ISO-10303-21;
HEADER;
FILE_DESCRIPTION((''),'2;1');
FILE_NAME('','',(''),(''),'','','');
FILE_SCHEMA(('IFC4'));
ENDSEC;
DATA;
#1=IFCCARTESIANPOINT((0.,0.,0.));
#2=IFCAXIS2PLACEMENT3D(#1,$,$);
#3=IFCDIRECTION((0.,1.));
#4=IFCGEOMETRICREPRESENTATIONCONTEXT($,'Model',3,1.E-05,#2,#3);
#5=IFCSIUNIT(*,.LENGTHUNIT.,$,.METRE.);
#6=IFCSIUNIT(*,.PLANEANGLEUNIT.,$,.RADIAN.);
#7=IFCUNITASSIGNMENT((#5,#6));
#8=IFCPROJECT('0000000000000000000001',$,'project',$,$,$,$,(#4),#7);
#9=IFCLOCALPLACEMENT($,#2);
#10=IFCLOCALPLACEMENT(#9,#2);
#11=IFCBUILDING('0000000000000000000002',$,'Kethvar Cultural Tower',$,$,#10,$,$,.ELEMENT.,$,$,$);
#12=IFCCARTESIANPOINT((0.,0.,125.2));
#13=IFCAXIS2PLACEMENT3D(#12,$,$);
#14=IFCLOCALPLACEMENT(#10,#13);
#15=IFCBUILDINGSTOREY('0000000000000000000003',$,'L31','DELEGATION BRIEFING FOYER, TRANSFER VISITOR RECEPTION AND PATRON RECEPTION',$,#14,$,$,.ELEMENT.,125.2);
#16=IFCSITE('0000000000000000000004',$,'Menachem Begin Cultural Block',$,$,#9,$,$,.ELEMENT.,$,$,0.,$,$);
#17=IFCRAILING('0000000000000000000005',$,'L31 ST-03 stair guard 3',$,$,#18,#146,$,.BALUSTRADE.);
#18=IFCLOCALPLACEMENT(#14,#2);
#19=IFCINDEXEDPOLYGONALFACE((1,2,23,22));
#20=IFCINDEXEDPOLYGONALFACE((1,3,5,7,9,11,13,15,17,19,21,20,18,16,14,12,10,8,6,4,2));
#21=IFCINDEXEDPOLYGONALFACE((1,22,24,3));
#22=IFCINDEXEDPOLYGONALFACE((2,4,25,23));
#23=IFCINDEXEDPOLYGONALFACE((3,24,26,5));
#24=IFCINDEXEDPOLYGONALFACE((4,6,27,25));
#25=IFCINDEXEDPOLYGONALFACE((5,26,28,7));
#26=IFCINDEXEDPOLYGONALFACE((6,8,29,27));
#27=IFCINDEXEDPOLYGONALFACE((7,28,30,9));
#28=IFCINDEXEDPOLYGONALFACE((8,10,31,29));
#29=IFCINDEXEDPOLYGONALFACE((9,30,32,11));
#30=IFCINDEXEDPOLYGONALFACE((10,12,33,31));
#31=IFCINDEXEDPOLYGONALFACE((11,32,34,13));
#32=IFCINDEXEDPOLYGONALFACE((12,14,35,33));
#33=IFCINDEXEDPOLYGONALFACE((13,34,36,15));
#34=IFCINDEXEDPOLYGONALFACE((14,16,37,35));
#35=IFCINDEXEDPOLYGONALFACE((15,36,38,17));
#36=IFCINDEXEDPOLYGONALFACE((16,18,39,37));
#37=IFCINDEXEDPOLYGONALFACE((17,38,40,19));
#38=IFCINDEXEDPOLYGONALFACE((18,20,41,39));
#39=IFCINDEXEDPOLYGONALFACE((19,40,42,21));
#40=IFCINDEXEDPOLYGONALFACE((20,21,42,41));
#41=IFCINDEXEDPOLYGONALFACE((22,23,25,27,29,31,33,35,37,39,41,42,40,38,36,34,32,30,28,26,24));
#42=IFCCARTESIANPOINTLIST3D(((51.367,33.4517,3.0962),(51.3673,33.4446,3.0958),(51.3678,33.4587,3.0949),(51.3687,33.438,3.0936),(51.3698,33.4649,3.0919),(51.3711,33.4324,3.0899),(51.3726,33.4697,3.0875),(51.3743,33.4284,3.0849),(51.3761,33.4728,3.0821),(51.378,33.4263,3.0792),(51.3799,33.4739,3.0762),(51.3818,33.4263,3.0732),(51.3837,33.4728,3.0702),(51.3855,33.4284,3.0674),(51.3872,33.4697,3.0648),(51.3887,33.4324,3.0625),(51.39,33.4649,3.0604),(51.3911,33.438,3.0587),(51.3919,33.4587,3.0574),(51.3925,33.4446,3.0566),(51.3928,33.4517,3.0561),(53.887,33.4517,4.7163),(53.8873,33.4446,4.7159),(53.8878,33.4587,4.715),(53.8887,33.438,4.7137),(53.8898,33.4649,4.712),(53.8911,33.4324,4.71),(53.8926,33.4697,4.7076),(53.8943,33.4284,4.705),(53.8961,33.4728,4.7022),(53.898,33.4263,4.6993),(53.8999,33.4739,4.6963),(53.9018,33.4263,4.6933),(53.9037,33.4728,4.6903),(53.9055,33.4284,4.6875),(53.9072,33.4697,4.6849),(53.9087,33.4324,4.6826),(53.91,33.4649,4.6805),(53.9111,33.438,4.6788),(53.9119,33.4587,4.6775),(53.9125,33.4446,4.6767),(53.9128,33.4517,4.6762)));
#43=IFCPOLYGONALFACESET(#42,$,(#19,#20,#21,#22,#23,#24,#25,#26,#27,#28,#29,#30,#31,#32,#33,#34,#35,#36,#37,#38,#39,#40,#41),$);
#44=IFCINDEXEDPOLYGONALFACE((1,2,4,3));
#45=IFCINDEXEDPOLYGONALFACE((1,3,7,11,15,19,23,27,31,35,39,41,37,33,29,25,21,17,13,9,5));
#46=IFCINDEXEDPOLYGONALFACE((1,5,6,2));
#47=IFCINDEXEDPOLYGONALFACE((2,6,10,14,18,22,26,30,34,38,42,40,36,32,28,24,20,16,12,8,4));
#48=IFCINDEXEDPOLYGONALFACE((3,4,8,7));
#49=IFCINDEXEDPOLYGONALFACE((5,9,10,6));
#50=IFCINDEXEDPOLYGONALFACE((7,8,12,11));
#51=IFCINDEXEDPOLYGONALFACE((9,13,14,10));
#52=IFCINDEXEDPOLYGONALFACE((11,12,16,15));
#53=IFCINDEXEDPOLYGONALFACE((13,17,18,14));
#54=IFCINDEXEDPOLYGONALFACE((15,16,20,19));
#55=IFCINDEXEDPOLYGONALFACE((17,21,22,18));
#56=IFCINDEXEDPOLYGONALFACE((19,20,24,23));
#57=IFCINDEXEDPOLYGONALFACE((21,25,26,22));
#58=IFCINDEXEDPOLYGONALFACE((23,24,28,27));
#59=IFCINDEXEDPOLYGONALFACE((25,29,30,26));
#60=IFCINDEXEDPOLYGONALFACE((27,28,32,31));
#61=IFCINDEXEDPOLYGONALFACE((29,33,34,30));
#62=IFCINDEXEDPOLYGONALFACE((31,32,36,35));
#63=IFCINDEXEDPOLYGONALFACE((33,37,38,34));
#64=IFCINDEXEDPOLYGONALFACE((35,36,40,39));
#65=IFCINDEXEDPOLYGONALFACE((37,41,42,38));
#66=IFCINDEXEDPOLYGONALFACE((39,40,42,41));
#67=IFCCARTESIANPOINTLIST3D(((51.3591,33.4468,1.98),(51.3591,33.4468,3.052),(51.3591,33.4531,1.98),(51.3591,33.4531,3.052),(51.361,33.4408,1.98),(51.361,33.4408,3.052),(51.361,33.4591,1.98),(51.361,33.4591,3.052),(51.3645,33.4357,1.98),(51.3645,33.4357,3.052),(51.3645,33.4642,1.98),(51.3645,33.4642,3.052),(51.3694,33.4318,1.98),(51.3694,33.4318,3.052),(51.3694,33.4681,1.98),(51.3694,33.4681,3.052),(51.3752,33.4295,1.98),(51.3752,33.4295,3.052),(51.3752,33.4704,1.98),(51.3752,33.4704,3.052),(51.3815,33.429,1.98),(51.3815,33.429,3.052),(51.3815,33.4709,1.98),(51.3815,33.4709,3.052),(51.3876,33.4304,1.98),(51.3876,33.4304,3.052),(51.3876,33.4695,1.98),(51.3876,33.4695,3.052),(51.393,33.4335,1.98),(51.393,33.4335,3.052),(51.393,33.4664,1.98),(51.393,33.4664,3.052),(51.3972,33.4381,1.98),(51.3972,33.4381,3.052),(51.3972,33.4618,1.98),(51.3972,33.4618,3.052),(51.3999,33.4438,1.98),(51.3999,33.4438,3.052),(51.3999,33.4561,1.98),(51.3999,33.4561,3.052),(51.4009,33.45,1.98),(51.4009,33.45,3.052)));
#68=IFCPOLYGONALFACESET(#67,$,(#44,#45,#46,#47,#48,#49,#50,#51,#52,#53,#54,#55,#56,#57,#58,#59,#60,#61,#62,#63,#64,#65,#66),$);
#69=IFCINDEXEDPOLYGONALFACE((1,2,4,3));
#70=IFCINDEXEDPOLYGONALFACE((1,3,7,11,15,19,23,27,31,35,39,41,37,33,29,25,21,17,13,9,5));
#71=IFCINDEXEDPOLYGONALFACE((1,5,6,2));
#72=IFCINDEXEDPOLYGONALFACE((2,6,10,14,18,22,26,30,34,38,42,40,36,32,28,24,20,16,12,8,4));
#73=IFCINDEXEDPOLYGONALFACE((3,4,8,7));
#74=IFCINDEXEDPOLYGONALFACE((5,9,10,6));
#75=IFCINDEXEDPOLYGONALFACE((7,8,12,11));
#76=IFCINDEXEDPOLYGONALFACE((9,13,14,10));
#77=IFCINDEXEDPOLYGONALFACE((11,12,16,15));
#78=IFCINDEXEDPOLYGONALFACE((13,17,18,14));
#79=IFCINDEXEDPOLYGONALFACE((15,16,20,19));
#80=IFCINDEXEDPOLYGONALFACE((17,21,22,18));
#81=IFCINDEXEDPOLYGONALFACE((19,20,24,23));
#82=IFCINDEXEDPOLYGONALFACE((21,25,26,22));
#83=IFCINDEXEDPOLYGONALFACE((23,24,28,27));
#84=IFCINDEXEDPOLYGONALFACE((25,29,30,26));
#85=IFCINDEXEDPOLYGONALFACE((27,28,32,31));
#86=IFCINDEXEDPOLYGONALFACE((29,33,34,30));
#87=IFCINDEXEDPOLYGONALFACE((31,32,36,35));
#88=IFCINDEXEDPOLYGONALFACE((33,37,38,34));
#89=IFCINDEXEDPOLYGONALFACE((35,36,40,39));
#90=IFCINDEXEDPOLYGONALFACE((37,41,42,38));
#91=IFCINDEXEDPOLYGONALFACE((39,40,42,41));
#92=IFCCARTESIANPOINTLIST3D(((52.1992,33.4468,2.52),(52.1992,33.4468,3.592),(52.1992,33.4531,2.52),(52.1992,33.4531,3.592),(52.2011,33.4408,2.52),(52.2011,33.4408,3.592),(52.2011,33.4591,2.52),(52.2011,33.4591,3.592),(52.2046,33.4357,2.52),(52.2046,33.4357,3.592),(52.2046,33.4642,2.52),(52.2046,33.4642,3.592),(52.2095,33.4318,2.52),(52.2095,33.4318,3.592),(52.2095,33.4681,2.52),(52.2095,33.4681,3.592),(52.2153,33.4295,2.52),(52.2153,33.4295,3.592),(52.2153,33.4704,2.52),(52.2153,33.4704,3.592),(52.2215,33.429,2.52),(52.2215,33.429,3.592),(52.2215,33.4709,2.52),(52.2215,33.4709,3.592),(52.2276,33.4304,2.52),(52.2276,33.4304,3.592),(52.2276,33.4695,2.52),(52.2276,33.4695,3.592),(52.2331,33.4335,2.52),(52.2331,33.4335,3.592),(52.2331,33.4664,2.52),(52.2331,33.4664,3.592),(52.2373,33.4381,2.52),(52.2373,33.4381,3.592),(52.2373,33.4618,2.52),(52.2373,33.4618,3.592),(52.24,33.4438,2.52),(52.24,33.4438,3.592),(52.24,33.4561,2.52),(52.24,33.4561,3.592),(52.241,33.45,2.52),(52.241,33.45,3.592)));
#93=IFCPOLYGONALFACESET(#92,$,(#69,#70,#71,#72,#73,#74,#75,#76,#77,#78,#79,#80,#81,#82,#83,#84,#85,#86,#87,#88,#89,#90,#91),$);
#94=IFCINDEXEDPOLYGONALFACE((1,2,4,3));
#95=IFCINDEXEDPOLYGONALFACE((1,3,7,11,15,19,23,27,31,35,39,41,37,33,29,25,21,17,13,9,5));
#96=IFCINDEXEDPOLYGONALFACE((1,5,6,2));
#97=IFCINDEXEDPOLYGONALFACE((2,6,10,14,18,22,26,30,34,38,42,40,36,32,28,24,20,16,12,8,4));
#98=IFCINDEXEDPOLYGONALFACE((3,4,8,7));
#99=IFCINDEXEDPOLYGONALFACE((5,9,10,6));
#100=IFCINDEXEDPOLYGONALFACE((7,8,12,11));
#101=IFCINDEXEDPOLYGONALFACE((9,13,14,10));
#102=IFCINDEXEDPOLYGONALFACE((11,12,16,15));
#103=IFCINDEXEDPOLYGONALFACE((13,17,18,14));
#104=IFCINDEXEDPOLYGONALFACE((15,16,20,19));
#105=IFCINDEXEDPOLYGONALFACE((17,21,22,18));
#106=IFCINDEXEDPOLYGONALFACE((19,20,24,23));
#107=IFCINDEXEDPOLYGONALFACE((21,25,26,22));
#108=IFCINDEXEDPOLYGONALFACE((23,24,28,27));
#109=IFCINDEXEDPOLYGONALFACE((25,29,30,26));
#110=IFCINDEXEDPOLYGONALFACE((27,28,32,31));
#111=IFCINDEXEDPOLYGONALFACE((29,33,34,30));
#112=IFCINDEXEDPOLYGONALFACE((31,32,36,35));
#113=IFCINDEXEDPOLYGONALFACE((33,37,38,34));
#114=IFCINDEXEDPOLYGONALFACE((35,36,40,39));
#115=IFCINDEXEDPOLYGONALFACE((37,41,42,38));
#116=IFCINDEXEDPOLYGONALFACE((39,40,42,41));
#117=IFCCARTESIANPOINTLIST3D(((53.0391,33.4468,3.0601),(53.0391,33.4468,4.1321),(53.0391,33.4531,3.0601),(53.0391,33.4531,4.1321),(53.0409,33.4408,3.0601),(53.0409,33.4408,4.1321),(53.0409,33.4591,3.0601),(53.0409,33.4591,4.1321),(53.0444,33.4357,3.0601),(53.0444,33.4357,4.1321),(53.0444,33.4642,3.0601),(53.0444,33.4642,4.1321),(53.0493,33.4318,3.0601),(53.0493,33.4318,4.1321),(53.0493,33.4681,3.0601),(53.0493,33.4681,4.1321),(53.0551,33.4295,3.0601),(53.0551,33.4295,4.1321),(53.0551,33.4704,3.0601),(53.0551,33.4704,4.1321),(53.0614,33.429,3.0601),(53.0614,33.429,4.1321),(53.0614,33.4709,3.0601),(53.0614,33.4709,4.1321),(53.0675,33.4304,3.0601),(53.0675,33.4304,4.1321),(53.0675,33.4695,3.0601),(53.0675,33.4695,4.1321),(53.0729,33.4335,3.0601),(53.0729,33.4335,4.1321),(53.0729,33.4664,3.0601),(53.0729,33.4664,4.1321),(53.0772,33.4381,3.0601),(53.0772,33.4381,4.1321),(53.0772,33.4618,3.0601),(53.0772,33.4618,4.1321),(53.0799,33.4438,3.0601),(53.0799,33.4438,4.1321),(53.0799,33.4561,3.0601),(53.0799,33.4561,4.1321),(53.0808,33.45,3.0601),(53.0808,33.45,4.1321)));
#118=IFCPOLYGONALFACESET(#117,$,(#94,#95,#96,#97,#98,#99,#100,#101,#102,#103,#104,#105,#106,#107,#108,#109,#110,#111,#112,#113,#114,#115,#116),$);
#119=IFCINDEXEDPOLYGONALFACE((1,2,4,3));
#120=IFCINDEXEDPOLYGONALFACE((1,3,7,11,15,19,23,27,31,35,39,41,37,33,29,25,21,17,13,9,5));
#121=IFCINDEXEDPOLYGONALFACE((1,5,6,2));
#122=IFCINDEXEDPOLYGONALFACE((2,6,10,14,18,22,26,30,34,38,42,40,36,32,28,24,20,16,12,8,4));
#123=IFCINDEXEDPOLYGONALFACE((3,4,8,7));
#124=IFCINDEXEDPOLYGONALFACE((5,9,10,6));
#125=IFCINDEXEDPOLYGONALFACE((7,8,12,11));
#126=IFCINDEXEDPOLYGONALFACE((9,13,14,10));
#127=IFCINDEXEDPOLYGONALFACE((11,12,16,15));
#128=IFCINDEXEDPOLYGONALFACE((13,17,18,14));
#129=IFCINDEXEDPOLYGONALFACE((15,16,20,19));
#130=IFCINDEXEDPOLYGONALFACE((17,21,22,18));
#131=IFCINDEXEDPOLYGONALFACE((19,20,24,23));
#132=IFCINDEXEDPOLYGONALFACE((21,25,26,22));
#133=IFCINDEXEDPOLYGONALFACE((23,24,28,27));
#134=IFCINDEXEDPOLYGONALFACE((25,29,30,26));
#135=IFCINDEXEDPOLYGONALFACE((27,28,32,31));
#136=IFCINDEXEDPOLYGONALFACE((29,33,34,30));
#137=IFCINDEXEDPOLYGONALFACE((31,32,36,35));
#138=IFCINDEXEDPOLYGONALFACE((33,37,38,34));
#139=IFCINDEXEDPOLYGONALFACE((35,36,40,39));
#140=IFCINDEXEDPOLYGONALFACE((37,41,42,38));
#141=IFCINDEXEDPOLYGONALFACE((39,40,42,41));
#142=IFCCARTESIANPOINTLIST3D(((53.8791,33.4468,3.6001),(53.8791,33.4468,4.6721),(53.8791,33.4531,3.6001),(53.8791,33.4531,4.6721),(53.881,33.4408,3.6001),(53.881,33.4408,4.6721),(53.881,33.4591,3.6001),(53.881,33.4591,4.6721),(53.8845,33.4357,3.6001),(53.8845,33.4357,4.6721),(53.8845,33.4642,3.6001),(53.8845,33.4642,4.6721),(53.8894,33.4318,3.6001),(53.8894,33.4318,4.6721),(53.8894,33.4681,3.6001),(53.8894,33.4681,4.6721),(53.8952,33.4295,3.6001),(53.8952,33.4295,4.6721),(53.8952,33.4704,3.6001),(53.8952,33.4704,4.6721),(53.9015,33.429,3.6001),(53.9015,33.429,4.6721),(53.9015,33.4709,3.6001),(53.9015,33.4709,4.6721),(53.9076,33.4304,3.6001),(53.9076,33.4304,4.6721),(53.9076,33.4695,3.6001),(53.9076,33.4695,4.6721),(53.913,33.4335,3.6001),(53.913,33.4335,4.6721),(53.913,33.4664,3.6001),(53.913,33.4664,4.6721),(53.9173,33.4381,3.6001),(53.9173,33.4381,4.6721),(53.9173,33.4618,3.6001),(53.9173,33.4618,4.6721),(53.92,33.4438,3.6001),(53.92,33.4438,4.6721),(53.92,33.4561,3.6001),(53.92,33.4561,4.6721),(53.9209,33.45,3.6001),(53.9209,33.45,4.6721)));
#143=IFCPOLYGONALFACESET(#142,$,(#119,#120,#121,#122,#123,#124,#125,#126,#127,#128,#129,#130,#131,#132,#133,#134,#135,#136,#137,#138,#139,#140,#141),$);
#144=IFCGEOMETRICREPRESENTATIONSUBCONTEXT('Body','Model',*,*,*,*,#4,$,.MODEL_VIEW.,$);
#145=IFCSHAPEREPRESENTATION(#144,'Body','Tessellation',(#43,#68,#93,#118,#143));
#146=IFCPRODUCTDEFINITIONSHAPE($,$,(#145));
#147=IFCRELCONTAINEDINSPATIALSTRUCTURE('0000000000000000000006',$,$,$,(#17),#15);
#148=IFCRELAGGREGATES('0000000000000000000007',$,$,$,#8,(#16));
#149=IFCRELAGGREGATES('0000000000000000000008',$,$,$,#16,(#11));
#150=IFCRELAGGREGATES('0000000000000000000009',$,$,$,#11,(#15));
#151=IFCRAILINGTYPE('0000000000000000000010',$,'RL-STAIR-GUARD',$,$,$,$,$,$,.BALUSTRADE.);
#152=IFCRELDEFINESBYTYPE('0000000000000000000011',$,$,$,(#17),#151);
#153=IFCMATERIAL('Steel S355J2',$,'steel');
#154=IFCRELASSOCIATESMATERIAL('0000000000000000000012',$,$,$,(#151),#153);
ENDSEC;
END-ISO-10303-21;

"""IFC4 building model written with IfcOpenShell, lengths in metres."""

from ifc_helpers import new_model, si_unit, direction, frame, origin, origin_2d, place, context, subcontext, project, spatial, circle, extrude, material, type_object, element, save


model = new_model("IFC4")

# Units and contexts
model_context = context("Model", 3, precision=1e-05, world=origin(), true_north=direction((0.0, 1.0)))
body_context = subcontext(model_context, "Body", "Model", "MODEL_VIEW")
ifc_project = project(units=[si_unit("LENGTHUNIT", "METRE"), si_unit("PLANEANGLEUNIT", "RADIAN")], contexts=[model_context])

# Site, building, storey
site_placement = place(None, origin())
site = spatial("IfcSite", under=ifc_project, at=site_placement, Name="Menachem Begin Cultural Block", CompositionType="ELEMENT", RefElevation=0.0)
building_placement = place(site_placement, origin())
building = spatial("IfcBuilding", under=site, at=building_placement, Name="Kethvar Cultural Tower", CompositionType="ELEMENT")
storey_placement = place(building_placement, frame((0.0, 0.0, 125.2)))
storey = spatial("IfcBuildingStorey", under=building, at=storey_placement, Name="L31", Description="DELEGATION BRIEFING FOYER, TRANSFER VISITOR RECEPTION AND PATRON RECEPTION", CompositionType="ELEMENT", Elevation=125.2)

# Shared definitions
ifc_material_1 = material(Name="Steel S355J2", Category="steel")

# Railing
railing_type_1 = type_object("IfcRailingType", Name="RL-STAIR-GUARD", PredefinedType="BALUSTRADE", material=ifc_material_1)
railing_1_placement = place(storey_placement, frame((51.3799, 33.45, 1.98)))
element("IfcRailing", 1, at=railing_1_placement, inside=storey, type_object=railing_type_1, Name="L31 ST-03 stair guard 3", PredefinedType="BALUSTRADE", context=body_context, shape_type="SweptSolid", body=[
    extrude(circle(Radius=0.0239, at=origin_2d()), frame((0.0, 0.0, 1.0962), z_axis=(0.841163, 0.0, 0.540782), x_axis=(0.0, 1.0, 0.0)), (0.0, 0.0, 1.0), 2.9958),
    extrude(circle(Radius=0.021, at=origin_2d()), origin(), (0.0, 0.0, 1.0), 1.072),
    extrude(circle(Radius=0.021, at=origin_2d()), frame((0.8401, 0.0, 0.54)), (0.0, 0.0, 1.0), 1.072),
    extrude(circle(Radius=0.021, at=origin_2d()), frame((1.6799, 0.0, 1.0801)), (0.0, 0.0, 1.0), 1.072),
    extrude(circle(Radius=0.021, at=origin_2d()), frame((2.52, 0.0, 1.6201)), (0.0, 0.0, 1.0), 1.072),
])

save(model, "model.ifc")
